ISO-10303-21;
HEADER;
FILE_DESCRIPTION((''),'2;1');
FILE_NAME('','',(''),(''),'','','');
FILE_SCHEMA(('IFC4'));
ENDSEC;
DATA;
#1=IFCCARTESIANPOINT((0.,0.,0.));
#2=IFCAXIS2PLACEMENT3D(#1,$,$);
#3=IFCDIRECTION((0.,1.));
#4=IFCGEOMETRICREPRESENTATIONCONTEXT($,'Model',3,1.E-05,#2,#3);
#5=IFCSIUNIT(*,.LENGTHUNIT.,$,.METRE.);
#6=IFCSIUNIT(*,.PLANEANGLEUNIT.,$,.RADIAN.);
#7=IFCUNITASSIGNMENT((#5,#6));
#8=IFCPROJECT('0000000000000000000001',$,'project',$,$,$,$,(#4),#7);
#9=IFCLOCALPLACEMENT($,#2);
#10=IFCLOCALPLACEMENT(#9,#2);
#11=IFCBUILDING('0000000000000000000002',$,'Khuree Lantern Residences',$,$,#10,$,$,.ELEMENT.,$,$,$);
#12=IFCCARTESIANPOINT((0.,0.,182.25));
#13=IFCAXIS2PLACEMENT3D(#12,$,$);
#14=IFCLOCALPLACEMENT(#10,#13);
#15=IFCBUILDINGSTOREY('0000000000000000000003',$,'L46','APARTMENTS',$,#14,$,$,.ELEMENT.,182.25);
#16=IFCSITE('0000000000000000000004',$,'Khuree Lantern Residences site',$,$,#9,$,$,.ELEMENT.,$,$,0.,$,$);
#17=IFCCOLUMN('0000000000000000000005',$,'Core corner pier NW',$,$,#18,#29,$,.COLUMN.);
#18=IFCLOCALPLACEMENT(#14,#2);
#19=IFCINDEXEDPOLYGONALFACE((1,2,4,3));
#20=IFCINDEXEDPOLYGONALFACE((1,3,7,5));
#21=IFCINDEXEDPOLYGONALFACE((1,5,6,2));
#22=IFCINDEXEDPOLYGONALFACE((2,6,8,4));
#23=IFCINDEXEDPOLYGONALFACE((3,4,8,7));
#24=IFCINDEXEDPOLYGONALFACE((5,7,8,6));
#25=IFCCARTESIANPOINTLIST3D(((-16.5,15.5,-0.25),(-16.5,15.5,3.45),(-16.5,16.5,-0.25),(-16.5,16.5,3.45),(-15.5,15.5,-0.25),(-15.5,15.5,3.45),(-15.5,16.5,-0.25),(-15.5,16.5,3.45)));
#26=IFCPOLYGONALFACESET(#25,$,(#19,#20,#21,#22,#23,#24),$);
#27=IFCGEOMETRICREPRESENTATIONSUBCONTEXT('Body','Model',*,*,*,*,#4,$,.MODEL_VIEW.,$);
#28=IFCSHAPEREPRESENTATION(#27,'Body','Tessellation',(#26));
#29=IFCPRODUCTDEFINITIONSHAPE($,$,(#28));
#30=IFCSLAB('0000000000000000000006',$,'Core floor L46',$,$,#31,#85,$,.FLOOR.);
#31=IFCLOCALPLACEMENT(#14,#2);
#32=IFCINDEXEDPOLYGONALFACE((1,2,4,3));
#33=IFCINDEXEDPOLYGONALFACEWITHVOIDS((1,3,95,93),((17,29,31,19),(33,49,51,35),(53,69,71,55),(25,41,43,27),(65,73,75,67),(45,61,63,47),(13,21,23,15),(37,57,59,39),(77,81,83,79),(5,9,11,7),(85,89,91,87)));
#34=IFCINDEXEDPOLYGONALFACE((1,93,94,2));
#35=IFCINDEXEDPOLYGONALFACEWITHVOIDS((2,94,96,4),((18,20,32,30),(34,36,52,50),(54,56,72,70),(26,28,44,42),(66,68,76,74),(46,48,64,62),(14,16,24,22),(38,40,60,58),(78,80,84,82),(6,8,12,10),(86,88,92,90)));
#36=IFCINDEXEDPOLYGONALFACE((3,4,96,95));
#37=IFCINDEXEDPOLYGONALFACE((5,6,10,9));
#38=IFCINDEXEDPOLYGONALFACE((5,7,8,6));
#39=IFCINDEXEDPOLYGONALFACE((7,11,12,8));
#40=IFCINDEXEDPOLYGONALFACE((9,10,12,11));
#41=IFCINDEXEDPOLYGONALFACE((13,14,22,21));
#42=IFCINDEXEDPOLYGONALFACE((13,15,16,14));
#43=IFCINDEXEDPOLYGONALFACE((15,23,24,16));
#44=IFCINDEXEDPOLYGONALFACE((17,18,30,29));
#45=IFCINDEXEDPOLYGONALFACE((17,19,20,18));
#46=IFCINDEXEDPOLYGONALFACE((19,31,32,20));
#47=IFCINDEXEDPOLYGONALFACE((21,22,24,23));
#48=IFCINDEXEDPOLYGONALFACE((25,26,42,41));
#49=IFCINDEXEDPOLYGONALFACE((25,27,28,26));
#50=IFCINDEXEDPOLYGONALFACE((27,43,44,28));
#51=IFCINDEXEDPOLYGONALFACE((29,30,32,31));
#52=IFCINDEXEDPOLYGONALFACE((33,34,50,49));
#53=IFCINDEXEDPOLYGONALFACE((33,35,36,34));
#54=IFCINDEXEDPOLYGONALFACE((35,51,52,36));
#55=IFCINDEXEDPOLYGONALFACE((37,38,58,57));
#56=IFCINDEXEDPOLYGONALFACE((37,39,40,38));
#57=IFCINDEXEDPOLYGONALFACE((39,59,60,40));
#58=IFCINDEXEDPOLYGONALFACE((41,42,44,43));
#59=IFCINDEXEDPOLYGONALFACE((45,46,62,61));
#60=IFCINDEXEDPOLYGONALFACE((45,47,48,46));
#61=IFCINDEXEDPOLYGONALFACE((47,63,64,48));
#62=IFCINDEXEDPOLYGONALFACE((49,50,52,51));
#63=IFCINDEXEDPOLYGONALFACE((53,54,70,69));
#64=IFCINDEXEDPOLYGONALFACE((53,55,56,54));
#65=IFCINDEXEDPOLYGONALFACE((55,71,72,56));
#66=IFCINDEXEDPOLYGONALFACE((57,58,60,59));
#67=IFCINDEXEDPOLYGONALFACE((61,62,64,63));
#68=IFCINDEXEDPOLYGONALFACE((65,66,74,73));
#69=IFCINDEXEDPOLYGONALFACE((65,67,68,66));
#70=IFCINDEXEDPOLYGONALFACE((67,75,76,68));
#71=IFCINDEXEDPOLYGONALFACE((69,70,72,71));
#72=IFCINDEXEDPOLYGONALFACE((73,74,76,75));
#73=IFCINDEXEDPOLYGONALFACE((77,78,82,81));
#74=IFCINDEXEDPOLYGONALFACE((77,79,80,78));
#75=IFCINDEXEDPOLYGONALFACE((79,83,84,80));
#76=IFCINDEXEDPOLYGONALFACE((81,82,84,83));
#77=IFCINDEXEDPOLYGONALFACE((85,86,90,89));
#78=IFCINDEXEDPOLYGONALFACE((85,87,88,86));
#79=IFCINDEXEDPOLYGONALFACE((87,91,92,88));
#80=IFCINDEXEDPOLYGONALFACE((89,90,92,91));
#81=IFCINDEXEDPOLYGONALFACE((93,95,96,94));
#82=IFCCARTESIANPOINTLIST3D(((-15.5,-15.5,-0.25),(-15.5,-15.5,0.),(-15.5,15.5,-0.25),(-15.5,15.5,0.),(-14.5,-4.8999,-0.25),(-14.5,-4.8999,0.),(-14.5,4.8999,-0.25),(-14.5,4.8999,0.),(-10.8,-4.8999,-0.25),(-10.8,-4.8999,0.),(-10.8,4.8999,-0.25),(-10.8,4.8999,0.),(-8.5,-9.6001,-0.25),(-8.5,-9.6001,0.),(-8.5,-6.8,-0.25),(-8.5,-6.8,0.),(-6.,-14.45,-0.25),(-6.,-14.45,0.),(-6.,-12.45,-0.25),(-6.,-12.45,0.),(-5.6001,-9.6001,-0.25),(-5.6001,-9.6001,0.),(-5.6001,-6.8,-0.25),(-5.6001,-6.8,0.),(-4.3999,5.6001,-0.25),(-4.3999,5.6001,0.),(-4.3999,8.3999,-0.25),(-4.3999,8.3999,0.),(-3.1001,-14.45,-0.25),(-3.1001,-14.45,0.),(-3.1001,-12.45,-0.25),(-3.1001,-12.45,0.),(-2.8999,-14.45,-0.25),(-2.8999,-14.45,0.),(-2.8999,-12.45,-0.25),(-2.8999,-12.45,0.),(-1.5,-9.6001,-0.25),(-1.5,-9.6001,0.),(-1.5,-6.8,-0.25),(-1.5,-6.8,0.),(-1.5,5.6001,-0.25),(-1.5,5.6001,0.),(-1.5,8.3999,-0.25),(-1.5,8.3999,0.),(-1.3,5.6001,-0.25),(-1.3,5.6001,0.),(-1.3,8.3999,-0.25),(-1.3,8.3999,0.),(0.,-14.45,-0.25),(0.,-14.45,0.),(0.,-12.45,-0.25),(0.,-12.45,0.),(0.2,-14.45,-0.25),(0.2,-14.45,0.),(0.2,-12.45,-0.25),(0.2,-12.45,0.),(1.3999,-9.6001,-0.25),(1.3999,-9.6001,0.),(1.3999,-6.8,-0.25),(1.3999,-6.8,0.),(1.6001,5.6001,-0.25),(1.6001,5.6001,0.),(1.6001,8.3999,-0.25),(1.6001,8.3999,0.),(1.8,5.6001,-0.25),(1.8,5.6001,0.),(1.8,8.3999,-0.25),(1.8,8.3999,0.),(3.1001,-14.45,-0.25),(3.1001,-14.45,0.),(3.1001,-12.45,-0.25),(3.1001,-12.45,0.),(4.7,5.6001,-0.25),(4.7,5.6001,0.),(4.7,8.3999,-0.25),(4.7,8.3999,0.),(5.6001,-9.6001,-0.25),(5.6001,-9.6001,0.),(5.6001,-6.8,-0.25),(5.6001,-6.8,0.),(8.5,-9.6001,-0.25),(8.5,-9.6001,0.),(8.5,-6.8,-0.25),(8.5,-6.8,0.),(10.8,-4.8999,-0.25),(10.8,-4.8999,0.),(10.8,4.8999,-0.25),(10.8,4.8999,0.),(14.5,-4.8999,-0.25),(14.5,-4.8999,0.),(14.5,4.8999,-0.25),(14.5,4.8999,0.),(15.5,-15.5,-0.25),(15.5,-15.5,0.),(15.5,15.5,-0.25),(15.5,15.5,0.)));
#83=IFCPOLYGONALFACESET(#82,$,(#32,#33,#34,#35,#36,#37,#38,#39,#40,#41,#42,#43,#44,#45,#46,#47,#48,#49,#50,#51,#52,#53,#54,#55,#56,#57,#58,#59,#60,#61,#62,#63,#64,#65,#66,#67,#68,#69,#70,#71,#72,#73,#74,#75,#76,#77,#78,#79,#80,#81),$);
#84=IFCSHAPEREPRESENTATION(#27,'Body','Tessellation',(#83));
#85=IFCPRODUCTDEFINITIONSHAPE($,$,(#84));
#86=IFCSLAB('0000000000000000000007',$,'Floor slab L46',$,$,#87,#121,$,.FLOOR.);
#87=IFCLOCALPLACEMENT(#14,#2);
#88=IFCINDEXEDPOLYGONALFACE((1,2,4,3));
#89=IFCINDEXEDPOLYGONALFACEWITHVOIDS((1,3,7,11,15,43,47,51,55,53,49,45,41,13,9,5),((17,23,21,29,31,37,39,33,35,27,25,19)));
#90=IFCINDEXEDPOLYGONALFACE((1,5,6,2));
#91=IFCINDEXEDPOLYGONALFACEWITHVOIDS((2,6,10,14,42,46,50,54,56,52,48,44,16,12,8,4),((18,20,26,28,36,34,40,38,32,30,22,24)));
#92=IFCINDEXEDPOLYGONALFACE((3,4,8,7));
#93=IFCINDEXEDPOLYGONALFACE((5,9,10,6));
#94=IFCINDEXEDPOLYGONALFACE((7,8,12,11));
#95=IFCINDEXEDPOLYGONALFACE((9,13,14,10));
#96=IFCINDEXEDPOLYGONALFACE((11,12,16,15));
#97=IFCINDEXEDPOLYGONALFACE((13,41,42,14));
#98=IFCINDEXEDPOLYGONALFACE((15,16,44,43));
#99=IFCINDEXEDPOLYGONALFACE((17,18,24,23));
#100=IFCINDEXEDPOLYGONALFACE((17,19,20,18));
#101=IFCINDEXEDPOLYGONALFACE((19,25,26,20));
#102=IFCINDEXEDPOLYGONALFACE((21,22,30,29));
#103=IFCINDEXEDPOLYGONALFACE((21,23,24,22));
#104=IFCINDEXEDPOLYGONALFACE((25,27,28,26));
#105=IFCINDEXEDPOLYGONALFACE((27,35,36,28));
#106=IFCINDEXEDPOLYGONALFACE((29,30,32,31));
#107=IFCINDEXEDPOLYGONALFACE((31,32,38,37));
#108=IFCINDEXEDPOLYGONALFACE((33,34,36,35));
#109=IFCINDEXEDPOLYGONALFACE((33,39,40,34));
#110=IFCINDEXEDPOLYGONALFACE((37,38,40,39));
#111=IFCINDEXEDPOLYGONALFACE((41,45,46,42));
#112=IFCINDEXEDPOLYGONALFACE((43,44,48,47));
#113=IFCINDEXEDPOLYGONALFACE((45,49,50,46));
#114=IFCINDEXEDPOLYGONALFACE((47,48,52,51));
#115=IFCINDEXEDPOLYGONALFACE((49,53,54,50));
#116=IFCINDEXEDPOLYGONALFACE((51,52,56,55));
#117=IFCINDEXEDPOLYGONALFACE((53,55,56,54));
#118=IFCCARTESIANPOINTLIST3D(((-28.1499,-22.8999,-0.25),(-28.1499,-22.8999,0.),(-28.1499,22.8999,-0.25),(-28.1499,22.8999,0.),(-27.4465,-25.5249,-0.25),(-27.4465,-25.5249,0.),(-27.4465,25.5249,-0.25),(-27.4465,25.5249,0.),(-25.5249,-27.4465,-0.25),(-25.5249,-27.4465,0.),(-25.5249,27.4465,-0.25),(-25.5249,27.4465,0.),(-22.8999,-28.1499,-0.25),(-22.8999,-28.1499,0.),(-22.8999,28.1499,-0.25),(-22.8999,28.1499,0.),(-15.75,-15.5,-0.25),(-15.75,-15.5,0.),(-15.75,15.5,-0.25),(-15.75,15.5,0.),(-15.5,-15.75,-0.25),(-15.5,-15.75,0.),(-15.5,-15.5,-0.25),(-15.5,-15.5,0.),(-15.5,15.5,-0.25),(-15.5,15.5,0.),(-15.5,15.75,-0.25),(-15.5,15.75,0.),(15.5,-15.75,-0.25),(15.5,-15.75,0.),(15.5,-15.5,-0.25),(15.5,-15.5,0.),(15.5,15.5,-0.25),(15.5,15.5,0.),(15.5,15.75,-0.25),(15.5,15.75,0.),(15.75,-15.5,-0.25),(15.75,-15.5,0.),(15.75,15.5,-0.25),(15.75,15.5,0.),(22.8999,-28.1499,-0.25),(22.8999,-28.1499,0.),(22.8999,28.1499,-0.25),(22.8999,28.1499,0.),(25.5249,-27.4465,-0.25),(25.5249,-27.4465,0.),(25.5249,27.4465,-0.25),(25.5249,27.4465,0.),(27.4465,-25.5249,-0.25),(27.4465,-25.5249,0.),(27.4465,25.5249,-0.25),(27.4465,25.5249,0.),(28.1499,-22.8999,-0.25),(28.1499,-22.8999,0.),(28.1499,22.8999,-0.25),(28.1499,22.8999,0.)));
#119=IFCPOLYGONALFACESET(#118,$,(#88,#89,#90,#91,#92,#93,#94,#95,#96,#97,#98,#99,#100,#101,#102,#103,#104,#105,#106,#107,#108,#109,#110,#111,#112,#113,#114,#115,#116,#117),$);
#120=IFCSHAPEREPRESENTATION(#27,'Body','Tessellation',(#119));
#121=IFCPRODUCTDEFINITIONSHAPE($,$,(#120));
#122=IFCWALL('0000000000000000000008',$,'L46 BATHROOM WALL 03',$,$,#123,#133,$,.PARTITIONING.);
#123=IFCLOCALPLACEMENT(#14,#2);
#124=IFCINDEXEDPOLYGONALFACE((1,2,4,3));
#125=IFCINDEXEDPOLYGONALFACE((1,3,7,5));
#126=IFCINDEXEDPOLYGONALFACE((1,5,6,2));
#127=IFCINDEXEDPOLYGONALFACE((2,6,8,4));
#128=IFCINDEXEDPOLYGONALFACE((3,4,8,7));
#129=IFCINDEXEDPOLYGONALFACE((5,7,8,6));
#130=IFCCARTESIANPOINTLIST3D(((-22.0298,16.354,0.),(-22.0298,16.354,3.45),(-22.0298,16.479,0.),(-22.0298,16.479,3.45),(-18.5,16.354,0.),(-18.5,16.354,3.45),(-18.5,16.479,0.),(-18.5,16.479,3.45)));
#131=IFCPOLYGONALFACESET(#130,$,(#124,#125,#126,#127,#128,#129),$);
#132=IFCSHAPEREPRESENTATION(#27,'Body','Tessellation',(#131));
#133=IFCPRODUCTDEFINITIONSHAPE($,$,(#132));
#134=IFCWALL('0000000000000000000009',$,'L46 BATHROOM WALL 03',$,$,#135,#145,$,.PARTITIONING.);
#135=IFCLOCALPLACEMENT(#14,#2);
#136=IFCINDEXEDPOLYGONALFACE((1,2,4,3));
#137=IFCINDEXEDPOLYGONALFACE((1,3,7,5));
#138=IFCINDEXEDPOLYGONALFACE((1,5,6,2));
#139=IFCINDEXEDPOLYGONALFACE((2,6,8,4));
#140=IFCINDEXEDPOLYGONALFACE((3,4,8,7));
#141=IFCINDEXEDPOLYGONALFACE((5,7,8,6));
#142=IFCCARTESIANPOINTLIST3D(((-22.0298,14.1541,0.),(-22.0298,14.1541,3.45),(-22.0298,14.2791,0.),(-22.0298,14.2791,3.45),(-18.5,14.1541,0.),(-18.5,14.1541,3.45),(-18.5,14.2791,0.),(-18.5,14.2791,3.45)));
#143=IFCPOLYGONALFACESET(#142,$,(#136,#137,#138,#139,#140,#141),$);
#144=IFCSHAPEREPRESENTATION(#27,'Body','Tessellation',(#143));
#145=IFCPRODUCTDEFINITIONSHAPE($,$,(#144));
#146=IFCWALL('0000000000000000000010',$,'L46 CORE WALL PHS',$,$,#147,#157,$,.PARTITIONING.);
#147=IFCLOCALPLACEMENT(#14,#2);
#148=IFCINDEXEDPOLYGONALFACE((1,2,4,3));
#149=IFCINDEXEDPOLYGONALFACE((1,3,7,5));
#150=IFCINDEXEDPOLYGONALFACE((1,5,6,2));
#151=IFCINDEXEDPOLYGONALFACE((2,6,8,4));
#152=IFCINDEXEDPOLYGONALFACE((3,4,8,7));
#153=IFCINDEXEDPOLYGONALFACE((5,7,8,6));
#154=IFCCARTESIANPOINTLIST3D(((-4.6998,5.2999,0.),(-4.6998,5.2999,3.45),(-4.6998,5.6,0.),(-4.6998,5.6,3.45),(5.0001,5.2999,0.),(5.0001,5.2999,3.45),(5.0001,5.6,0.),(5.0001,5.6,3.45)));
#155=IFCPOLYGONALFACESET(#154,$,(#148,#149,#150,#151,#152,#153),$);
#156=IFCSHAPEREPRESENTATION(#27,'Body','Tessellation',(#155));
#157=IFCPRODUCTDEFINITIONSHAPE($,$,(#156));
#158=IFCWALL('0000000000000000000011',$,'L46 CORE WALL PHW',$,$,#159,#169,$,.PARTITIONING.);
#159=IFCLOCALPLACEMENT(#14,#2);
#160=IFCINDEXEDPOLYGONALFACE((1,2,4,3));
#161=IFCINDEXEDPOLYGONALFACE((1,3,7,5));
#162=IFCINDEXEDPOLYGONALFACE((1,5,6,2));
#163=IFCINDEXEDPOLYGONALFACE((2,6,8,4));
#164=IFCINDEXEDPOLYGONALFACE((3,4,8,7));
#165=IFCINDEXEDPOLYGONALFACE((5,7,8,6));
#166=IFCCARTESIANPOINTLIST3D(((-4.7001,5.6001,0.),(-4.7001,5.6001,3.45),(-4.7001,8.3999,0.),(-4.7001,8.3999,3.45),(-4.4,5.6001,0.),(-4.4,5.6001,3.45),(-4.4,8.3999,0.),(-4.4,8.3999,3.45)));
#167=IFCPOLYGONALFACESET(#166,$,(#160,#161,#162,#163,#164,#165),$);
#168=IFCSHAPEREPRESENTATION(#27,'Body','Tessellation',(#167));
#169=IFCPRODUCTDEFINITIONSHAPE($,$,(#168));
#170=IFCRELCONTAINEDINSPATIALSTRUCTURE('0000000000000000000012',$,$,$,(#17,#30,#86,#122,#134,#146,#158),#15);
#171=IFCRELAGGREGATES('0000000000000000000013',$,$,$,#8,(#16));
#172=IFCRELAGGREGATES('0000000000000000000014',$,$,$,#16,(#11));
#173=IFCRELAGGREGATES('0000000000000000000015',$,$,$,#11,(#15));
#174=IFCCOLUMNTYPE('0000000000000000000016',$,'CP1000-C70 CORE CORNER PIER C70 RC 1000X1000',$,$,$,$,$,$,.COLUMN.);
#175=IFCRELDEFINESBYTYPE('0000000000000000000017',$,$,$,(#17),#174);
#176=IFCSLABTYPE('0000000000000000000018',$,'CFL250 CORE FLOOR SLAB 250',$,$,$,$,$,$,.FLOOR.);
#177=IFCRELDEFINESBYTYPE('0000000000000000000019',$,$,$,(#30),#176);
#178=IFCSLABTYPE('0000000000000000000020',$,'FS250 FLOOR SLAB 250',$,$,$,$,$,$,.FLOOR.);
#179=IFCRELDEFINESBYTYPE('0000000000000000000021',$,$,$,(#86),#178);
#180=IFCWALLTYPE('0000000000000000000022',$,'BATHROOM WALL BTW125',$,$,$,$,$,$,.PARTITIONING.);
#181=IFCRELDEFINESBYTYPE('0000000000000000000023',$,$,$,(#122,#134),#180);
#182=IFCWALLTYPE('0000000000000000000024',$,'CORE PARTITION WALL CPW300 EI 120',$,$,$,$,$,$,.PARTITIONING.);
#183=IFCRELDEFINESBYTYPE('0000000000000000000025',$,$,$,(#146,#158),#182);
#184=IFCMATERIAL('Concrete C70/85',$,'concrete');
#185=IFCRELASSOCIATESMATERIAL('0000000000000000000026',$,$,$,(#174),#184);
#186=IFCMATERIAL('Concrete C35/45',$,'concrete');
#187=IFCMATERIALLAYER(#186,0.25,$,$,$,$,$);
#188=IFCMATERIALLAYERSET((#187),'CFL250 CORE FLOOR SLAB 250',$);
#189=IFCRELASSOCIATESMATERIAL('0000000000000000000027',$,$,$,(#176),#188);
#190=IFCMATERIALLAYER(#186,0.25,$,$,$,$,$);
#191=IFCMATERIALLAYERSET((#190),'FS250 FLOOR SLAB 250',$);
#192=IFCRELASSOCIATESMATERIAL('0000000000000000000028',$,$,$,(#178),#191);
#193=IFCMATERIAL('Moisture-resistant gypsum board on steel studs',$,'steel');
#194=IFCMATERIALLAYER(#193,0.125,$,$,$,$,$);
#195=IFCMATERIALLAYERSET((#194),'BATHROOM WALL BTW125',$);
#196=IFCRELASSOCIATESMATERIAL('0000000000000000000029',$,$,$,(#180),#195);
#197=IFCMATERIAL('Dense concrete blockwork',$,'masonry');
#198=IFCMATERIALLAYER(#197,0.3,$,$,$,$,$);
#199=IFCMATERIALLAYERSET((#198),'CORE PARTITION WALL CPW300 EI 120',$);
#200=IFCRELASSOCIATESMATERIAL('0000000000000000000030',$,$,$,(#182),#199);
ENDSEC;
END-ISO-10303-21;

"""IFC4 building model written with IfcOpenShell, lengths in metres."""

from ifc_helpers import new_model, si_unit, direction, frame, frame_2d, origin, origin_2d, place, context, subcontext, project, spatial, polyline, rectangle, outline, extrude, material, layer, layer_set, material_profile, profile_set, type_object, element, save


model = new_model("IFC4")

# Units and contexts
model_context = context("Model", 3, precision=1e-05, world=origin(), true_north=direction((0.0, 1.0)))
body_context = subcontext(model_context, "Body", "Model", "MODEL_VIEW")
ifc_project = project(units=[si_unit("LENGTHUNIT", "METRE"), si_unit("PLANEANGLEUNIT", "RADIAN")], contexts=[model_context])

# Site, building, storey
site_placement = place(None, origin())
site = spatial("IfcSite", under=ifc_project, at=site_placement, Name="Khuree Lantern Residences site", CompositionType="ELEMENT", RefElevation=0.0)
building_placement = place(site_placement, origin())
building = spatial("IfcBuilding", under=site, at=building_placement, Name="Khuree Lantern Residences", CompositionType="ELEMENT")
storey_placement = place(building_placement, frame((0.0, 0.0, 182.25)))
storey = spatial("IfcBuildingStorey", under=building, at=storey_placement, Name="L46", Description="APARTMENTS", CompositionType="ELEMENT", Elevation=182.25)

# Column
ifc_material_1 = material(Name="Concrete C70/85", Category="concrete")
ifc_material_profile = material_profile(ifc_material_1, rectangle(XDim=1.0, YDim=1.0, at=origin_2d()), Name="RC 1000X1000")
ifc_profile_set = profile_set([ifc_material_profile], Name="Concrete C70/85")
column_type = type_object("IfcColumnType", Name="CP1000-C70 CORE CORNER PIER C70 RC 1000X1000", PredefinedType="COLUMN", material=ifc_profile_set)
column_placement = place(storey_placement, frame((-16.0, 16.0, -0.25), z_axis=(0.0, 0.0, 1.0), x_axis=(1.0, 0.0, 0.0)))
element("IfcColumn", 1, at=column_placement, inside=storey, type_object=column_type, Name="Core corner pier NW", PredefinedType="COLUMN", context=body_context, shape_type="SweptSolid", body=[
    extrude(rectangle(XDim=1.0, YDim=1.0, at=origin_2d()), origin(), (0.0, 0.0, 1.0), 3.7),
])

# Slabs
ifc_material_2 = material(Name="Concrete C35/45", Category="concrete")
ifc_layer_1 = layer(ifc_material_2, 0.25)
ifc_layer_set_1 = layer_set([ifc_layer_1], Name="CFL250 CORE FLOOR SLAB 250")
slab_type_1 = type_object("IfcSlabType", Name="CFL250 CORE FLOOR SLAB 250", PredefinedType="FLOOR", material=ifc_layer_set_1)
slab_1_placement = place(storey_placement, frame((0.0, 0.0, -0.25)))
element("IfcSlab", 2, at=slab_1_placement, inside=storey, type_object=slab_type_1, Name="Core floor L46", PredefinedType="FLOOR", context=body_context, shape_type="SweptSolid", body=[
    extrude(outline(polyline([(-15.5, -15.5), (-15.5, 15.5), (15.5, 15.5), (15.5, -15.5), (-15.5, -15.5)]), holes=[polyline([(10.8, 4.8999), (10.8, -4.8999), (14.5, -4.8999), (14.5, 4.8999), (10.8, 4.8999)]), polyline([(8.5, -6.8), (5.6001, -6.8), (5.6001, -9.6001), (8.5, -9.6001), (8.5, -6.8)]), polyline([(4.7, 8.3999), (1.8, 8.3999), (1.8, 5.6001), (4.7, 5.6001), (4.7, 8.3999)]), polyline([(3.1001, -12.45), (0.2, -12.45), (0.2, -14.45), (3.1001, -14.45), (3.1001, -12.45)]), polyline([(1.6001, 8.3999), (-1.3, 8.3999), (-1.3, 5.6001), (1.6001, 5.6001), (1.6001, 8.3999)]), polyline([(1.3999, -6.8), (-1.5, -6.8), (-1.5, -9.6001), (1.3999, -9.6001), (1.3999, -6.8)]), polyline([(-2.8999, -12.45), (-2.8999, -14.45), (0.0, -14.45), (0.0, -12.45), (-2.8999, -12.45)]), polyline([(-4.3999, 8.3999), (-4.3999, 5.6001), (-1.5, 5.6001), (-1.5, 8.3999), (-4.3999, 8.3999)]), polyline([(-6.0, -12.45), (-6.0, -14.45), (-3.1001, -14.45), (-3.1001, -12.45), (-6.0, -12.45)]), polyline([(-8.5, -6.8), (-8.5, -9.6001), (-5.6001, -9.6001), (-5.6001, -6.8), (-8.5, -6.8)]), polyline([(-10.8, 4.8999), (-14.5, 4.8999), (-14.5, -4.8999), (-10.8, -4.8999), (-10.8, 4.8999)])]), origin(), (0.0, 0.0, 1.0), 0.25),
])
ifc_layer_2 = layer(ifc_material_2, 0.25)
ifc_layer_set_2 = layer_set([ifc_layer_2], Name="FS250 FLOOR SLAB 250")
slab_type_2 = type_object("IfcSlabType", Name="FS250 FLOOR SLAB 250", PredefinedType="FLOOR", material=ifc_layer_set_2)
slab_2_placement = place(storey_placement, frame((0.0, 0.0, -0.25)))
element("IfcSlab", 3, at=slab_2_placement, inside=storey, type_object=slab_type_2, Name="Floor slab L46", PredefinedType="FLOOR", context=body_context, shape_type="SweptSolid", body=[
    extrude(outline(polyline([(-25.5249, -27.4465), (-27.4465, -25.5249), (-28.1499, -22.8999), (-28.1499, 22.8999), (-27.4465, 25.5249), (-25.5249, 27.4465), (-22.8999, 28.1499), (22.8999, 28.1499), (25.5249, 27.4465), (27.4465, 25.5249), (28.1499, 22.8999), (28.1499, -22.8999), (27.4465, -25.5249), (25.5249, -27.4465), (22.8999, -28.1499), (-22.8999, -28.1499), (-25.5249, -27.4465)]), holes=[polyline([(15.75, 15.5), (15.5, 15.5), (15.5, 15.75), (-15.5, 15.75), (-15.5, 15.5), (-15.75, 15.5), (-15.75, -15.5), (-15.5, -15.5), (-15.5, -15.75), (15.5, -15.75), (15.5, -15.5), (15.75, -15.5), (15.75, 15.5)])]), origin(), (0.0, 0.0, 1.0), 0.25),
])

# Walls
ifc_material_3 = material(Name="Moisture-resistant gypsum board on steel studs", Category="steel")
ifc_layer_3 = layer(ifc_material_3, 0.125)
ifc_layer_set_3 = layer_set([ifc_layer_3], Name="BATHROOM WALL BTW125")
wall_type_1 = type_object("IfcWallType", Name="BATHROOM WALL BTW125", PredefinedType="PARTITIONING", material=ifc_layer_set_3)
for number, where, z_axis, x_axis, name in (
    (4, (-18.5, 16.4165, 0.0), (0.0, 0.0, 1.0), (-1.0, 0.0, 0.0), "L46 BATHROOM WALL 03"),
    (5, (-18.5, 14.2166, 0.0), (0.0, 0.0, 1.0), (-1.0, 0.0, 0.0), "L46 BATHROOM WALL 03"),
):
    element("IfcWall", number, at=place(storey_placement, frame(where, z_axis=z_axis, x_axis=x_axis)), inside=storey, type_object=wall_type_1, Name=name, PredefinedType="PARTITIONING", context=body_context, shape_type="SweptSolid", body=[
        extrude(rectangle(XDim=3.5298, YDim=0.125, at=frame_2d((1.7649, 0.0))), origin(), (0.0, 0.0, 1.0), 3.45),
    ])
ifc_material_4 = material(Name="Dense concrete blockwork", Category="masonry")
ifc_layer_4 = layer(ifc_material_4, 0.3)
ifc_layer_set_4 = layer_set([ifc_layer_4], Name="CORE PARTITION WALL CPW300 EI 120")
wall_type_2 = type_object("IfcWallType", Name="CORE PARTITION WALL CPW300 EI 120", PredefinedType="PARTITIONING", material=ifc_layer_set_4)
wall_1_placement = place(storey_placement, frame((-4.7, 5.45, 0.0), z_axis=(0.0, 0.0, 1.0), x_axis=(1.0, 0.0, 0.0)))
element("IfcWall", 6, at=wall_1_placement, inside=storey, type_object=wall_type_2, Name="L46 CORE WALL PHS", PredefinedType="PARTITIONING", context=body_context, shape_type="SweptSolid", body=[
    extrude(rectangle(XDim=9.7, YDim=0.3, at=frame_2d((4.8501, 0.0))), origin(), (0.0, 0.0, 1.0), 3.45),
])
wall_2_placement = place(storey_placement, frame((-4.55, 5.6001, 0.0), z_axis=(0.0, 0.0, 1.0), x_axis=(0.0, 1.0, 0.0)))
element("IfcWall", 7, at=wall_2_placement, inside=storey, type_object=wall_type_2, Name="L46 CORE WALL PHW", PredefinedType="PARTITIONING", context=body_context, shape_type="SweptSolid", body=[
    extrude(rectangle(XDim=2.7998, YDim=0.3, at=frame_2d((1.3999, 0.0))), origin(), (0.0, 0.0, 1.0), 3.45),
])

save(model, "model.ifc")
